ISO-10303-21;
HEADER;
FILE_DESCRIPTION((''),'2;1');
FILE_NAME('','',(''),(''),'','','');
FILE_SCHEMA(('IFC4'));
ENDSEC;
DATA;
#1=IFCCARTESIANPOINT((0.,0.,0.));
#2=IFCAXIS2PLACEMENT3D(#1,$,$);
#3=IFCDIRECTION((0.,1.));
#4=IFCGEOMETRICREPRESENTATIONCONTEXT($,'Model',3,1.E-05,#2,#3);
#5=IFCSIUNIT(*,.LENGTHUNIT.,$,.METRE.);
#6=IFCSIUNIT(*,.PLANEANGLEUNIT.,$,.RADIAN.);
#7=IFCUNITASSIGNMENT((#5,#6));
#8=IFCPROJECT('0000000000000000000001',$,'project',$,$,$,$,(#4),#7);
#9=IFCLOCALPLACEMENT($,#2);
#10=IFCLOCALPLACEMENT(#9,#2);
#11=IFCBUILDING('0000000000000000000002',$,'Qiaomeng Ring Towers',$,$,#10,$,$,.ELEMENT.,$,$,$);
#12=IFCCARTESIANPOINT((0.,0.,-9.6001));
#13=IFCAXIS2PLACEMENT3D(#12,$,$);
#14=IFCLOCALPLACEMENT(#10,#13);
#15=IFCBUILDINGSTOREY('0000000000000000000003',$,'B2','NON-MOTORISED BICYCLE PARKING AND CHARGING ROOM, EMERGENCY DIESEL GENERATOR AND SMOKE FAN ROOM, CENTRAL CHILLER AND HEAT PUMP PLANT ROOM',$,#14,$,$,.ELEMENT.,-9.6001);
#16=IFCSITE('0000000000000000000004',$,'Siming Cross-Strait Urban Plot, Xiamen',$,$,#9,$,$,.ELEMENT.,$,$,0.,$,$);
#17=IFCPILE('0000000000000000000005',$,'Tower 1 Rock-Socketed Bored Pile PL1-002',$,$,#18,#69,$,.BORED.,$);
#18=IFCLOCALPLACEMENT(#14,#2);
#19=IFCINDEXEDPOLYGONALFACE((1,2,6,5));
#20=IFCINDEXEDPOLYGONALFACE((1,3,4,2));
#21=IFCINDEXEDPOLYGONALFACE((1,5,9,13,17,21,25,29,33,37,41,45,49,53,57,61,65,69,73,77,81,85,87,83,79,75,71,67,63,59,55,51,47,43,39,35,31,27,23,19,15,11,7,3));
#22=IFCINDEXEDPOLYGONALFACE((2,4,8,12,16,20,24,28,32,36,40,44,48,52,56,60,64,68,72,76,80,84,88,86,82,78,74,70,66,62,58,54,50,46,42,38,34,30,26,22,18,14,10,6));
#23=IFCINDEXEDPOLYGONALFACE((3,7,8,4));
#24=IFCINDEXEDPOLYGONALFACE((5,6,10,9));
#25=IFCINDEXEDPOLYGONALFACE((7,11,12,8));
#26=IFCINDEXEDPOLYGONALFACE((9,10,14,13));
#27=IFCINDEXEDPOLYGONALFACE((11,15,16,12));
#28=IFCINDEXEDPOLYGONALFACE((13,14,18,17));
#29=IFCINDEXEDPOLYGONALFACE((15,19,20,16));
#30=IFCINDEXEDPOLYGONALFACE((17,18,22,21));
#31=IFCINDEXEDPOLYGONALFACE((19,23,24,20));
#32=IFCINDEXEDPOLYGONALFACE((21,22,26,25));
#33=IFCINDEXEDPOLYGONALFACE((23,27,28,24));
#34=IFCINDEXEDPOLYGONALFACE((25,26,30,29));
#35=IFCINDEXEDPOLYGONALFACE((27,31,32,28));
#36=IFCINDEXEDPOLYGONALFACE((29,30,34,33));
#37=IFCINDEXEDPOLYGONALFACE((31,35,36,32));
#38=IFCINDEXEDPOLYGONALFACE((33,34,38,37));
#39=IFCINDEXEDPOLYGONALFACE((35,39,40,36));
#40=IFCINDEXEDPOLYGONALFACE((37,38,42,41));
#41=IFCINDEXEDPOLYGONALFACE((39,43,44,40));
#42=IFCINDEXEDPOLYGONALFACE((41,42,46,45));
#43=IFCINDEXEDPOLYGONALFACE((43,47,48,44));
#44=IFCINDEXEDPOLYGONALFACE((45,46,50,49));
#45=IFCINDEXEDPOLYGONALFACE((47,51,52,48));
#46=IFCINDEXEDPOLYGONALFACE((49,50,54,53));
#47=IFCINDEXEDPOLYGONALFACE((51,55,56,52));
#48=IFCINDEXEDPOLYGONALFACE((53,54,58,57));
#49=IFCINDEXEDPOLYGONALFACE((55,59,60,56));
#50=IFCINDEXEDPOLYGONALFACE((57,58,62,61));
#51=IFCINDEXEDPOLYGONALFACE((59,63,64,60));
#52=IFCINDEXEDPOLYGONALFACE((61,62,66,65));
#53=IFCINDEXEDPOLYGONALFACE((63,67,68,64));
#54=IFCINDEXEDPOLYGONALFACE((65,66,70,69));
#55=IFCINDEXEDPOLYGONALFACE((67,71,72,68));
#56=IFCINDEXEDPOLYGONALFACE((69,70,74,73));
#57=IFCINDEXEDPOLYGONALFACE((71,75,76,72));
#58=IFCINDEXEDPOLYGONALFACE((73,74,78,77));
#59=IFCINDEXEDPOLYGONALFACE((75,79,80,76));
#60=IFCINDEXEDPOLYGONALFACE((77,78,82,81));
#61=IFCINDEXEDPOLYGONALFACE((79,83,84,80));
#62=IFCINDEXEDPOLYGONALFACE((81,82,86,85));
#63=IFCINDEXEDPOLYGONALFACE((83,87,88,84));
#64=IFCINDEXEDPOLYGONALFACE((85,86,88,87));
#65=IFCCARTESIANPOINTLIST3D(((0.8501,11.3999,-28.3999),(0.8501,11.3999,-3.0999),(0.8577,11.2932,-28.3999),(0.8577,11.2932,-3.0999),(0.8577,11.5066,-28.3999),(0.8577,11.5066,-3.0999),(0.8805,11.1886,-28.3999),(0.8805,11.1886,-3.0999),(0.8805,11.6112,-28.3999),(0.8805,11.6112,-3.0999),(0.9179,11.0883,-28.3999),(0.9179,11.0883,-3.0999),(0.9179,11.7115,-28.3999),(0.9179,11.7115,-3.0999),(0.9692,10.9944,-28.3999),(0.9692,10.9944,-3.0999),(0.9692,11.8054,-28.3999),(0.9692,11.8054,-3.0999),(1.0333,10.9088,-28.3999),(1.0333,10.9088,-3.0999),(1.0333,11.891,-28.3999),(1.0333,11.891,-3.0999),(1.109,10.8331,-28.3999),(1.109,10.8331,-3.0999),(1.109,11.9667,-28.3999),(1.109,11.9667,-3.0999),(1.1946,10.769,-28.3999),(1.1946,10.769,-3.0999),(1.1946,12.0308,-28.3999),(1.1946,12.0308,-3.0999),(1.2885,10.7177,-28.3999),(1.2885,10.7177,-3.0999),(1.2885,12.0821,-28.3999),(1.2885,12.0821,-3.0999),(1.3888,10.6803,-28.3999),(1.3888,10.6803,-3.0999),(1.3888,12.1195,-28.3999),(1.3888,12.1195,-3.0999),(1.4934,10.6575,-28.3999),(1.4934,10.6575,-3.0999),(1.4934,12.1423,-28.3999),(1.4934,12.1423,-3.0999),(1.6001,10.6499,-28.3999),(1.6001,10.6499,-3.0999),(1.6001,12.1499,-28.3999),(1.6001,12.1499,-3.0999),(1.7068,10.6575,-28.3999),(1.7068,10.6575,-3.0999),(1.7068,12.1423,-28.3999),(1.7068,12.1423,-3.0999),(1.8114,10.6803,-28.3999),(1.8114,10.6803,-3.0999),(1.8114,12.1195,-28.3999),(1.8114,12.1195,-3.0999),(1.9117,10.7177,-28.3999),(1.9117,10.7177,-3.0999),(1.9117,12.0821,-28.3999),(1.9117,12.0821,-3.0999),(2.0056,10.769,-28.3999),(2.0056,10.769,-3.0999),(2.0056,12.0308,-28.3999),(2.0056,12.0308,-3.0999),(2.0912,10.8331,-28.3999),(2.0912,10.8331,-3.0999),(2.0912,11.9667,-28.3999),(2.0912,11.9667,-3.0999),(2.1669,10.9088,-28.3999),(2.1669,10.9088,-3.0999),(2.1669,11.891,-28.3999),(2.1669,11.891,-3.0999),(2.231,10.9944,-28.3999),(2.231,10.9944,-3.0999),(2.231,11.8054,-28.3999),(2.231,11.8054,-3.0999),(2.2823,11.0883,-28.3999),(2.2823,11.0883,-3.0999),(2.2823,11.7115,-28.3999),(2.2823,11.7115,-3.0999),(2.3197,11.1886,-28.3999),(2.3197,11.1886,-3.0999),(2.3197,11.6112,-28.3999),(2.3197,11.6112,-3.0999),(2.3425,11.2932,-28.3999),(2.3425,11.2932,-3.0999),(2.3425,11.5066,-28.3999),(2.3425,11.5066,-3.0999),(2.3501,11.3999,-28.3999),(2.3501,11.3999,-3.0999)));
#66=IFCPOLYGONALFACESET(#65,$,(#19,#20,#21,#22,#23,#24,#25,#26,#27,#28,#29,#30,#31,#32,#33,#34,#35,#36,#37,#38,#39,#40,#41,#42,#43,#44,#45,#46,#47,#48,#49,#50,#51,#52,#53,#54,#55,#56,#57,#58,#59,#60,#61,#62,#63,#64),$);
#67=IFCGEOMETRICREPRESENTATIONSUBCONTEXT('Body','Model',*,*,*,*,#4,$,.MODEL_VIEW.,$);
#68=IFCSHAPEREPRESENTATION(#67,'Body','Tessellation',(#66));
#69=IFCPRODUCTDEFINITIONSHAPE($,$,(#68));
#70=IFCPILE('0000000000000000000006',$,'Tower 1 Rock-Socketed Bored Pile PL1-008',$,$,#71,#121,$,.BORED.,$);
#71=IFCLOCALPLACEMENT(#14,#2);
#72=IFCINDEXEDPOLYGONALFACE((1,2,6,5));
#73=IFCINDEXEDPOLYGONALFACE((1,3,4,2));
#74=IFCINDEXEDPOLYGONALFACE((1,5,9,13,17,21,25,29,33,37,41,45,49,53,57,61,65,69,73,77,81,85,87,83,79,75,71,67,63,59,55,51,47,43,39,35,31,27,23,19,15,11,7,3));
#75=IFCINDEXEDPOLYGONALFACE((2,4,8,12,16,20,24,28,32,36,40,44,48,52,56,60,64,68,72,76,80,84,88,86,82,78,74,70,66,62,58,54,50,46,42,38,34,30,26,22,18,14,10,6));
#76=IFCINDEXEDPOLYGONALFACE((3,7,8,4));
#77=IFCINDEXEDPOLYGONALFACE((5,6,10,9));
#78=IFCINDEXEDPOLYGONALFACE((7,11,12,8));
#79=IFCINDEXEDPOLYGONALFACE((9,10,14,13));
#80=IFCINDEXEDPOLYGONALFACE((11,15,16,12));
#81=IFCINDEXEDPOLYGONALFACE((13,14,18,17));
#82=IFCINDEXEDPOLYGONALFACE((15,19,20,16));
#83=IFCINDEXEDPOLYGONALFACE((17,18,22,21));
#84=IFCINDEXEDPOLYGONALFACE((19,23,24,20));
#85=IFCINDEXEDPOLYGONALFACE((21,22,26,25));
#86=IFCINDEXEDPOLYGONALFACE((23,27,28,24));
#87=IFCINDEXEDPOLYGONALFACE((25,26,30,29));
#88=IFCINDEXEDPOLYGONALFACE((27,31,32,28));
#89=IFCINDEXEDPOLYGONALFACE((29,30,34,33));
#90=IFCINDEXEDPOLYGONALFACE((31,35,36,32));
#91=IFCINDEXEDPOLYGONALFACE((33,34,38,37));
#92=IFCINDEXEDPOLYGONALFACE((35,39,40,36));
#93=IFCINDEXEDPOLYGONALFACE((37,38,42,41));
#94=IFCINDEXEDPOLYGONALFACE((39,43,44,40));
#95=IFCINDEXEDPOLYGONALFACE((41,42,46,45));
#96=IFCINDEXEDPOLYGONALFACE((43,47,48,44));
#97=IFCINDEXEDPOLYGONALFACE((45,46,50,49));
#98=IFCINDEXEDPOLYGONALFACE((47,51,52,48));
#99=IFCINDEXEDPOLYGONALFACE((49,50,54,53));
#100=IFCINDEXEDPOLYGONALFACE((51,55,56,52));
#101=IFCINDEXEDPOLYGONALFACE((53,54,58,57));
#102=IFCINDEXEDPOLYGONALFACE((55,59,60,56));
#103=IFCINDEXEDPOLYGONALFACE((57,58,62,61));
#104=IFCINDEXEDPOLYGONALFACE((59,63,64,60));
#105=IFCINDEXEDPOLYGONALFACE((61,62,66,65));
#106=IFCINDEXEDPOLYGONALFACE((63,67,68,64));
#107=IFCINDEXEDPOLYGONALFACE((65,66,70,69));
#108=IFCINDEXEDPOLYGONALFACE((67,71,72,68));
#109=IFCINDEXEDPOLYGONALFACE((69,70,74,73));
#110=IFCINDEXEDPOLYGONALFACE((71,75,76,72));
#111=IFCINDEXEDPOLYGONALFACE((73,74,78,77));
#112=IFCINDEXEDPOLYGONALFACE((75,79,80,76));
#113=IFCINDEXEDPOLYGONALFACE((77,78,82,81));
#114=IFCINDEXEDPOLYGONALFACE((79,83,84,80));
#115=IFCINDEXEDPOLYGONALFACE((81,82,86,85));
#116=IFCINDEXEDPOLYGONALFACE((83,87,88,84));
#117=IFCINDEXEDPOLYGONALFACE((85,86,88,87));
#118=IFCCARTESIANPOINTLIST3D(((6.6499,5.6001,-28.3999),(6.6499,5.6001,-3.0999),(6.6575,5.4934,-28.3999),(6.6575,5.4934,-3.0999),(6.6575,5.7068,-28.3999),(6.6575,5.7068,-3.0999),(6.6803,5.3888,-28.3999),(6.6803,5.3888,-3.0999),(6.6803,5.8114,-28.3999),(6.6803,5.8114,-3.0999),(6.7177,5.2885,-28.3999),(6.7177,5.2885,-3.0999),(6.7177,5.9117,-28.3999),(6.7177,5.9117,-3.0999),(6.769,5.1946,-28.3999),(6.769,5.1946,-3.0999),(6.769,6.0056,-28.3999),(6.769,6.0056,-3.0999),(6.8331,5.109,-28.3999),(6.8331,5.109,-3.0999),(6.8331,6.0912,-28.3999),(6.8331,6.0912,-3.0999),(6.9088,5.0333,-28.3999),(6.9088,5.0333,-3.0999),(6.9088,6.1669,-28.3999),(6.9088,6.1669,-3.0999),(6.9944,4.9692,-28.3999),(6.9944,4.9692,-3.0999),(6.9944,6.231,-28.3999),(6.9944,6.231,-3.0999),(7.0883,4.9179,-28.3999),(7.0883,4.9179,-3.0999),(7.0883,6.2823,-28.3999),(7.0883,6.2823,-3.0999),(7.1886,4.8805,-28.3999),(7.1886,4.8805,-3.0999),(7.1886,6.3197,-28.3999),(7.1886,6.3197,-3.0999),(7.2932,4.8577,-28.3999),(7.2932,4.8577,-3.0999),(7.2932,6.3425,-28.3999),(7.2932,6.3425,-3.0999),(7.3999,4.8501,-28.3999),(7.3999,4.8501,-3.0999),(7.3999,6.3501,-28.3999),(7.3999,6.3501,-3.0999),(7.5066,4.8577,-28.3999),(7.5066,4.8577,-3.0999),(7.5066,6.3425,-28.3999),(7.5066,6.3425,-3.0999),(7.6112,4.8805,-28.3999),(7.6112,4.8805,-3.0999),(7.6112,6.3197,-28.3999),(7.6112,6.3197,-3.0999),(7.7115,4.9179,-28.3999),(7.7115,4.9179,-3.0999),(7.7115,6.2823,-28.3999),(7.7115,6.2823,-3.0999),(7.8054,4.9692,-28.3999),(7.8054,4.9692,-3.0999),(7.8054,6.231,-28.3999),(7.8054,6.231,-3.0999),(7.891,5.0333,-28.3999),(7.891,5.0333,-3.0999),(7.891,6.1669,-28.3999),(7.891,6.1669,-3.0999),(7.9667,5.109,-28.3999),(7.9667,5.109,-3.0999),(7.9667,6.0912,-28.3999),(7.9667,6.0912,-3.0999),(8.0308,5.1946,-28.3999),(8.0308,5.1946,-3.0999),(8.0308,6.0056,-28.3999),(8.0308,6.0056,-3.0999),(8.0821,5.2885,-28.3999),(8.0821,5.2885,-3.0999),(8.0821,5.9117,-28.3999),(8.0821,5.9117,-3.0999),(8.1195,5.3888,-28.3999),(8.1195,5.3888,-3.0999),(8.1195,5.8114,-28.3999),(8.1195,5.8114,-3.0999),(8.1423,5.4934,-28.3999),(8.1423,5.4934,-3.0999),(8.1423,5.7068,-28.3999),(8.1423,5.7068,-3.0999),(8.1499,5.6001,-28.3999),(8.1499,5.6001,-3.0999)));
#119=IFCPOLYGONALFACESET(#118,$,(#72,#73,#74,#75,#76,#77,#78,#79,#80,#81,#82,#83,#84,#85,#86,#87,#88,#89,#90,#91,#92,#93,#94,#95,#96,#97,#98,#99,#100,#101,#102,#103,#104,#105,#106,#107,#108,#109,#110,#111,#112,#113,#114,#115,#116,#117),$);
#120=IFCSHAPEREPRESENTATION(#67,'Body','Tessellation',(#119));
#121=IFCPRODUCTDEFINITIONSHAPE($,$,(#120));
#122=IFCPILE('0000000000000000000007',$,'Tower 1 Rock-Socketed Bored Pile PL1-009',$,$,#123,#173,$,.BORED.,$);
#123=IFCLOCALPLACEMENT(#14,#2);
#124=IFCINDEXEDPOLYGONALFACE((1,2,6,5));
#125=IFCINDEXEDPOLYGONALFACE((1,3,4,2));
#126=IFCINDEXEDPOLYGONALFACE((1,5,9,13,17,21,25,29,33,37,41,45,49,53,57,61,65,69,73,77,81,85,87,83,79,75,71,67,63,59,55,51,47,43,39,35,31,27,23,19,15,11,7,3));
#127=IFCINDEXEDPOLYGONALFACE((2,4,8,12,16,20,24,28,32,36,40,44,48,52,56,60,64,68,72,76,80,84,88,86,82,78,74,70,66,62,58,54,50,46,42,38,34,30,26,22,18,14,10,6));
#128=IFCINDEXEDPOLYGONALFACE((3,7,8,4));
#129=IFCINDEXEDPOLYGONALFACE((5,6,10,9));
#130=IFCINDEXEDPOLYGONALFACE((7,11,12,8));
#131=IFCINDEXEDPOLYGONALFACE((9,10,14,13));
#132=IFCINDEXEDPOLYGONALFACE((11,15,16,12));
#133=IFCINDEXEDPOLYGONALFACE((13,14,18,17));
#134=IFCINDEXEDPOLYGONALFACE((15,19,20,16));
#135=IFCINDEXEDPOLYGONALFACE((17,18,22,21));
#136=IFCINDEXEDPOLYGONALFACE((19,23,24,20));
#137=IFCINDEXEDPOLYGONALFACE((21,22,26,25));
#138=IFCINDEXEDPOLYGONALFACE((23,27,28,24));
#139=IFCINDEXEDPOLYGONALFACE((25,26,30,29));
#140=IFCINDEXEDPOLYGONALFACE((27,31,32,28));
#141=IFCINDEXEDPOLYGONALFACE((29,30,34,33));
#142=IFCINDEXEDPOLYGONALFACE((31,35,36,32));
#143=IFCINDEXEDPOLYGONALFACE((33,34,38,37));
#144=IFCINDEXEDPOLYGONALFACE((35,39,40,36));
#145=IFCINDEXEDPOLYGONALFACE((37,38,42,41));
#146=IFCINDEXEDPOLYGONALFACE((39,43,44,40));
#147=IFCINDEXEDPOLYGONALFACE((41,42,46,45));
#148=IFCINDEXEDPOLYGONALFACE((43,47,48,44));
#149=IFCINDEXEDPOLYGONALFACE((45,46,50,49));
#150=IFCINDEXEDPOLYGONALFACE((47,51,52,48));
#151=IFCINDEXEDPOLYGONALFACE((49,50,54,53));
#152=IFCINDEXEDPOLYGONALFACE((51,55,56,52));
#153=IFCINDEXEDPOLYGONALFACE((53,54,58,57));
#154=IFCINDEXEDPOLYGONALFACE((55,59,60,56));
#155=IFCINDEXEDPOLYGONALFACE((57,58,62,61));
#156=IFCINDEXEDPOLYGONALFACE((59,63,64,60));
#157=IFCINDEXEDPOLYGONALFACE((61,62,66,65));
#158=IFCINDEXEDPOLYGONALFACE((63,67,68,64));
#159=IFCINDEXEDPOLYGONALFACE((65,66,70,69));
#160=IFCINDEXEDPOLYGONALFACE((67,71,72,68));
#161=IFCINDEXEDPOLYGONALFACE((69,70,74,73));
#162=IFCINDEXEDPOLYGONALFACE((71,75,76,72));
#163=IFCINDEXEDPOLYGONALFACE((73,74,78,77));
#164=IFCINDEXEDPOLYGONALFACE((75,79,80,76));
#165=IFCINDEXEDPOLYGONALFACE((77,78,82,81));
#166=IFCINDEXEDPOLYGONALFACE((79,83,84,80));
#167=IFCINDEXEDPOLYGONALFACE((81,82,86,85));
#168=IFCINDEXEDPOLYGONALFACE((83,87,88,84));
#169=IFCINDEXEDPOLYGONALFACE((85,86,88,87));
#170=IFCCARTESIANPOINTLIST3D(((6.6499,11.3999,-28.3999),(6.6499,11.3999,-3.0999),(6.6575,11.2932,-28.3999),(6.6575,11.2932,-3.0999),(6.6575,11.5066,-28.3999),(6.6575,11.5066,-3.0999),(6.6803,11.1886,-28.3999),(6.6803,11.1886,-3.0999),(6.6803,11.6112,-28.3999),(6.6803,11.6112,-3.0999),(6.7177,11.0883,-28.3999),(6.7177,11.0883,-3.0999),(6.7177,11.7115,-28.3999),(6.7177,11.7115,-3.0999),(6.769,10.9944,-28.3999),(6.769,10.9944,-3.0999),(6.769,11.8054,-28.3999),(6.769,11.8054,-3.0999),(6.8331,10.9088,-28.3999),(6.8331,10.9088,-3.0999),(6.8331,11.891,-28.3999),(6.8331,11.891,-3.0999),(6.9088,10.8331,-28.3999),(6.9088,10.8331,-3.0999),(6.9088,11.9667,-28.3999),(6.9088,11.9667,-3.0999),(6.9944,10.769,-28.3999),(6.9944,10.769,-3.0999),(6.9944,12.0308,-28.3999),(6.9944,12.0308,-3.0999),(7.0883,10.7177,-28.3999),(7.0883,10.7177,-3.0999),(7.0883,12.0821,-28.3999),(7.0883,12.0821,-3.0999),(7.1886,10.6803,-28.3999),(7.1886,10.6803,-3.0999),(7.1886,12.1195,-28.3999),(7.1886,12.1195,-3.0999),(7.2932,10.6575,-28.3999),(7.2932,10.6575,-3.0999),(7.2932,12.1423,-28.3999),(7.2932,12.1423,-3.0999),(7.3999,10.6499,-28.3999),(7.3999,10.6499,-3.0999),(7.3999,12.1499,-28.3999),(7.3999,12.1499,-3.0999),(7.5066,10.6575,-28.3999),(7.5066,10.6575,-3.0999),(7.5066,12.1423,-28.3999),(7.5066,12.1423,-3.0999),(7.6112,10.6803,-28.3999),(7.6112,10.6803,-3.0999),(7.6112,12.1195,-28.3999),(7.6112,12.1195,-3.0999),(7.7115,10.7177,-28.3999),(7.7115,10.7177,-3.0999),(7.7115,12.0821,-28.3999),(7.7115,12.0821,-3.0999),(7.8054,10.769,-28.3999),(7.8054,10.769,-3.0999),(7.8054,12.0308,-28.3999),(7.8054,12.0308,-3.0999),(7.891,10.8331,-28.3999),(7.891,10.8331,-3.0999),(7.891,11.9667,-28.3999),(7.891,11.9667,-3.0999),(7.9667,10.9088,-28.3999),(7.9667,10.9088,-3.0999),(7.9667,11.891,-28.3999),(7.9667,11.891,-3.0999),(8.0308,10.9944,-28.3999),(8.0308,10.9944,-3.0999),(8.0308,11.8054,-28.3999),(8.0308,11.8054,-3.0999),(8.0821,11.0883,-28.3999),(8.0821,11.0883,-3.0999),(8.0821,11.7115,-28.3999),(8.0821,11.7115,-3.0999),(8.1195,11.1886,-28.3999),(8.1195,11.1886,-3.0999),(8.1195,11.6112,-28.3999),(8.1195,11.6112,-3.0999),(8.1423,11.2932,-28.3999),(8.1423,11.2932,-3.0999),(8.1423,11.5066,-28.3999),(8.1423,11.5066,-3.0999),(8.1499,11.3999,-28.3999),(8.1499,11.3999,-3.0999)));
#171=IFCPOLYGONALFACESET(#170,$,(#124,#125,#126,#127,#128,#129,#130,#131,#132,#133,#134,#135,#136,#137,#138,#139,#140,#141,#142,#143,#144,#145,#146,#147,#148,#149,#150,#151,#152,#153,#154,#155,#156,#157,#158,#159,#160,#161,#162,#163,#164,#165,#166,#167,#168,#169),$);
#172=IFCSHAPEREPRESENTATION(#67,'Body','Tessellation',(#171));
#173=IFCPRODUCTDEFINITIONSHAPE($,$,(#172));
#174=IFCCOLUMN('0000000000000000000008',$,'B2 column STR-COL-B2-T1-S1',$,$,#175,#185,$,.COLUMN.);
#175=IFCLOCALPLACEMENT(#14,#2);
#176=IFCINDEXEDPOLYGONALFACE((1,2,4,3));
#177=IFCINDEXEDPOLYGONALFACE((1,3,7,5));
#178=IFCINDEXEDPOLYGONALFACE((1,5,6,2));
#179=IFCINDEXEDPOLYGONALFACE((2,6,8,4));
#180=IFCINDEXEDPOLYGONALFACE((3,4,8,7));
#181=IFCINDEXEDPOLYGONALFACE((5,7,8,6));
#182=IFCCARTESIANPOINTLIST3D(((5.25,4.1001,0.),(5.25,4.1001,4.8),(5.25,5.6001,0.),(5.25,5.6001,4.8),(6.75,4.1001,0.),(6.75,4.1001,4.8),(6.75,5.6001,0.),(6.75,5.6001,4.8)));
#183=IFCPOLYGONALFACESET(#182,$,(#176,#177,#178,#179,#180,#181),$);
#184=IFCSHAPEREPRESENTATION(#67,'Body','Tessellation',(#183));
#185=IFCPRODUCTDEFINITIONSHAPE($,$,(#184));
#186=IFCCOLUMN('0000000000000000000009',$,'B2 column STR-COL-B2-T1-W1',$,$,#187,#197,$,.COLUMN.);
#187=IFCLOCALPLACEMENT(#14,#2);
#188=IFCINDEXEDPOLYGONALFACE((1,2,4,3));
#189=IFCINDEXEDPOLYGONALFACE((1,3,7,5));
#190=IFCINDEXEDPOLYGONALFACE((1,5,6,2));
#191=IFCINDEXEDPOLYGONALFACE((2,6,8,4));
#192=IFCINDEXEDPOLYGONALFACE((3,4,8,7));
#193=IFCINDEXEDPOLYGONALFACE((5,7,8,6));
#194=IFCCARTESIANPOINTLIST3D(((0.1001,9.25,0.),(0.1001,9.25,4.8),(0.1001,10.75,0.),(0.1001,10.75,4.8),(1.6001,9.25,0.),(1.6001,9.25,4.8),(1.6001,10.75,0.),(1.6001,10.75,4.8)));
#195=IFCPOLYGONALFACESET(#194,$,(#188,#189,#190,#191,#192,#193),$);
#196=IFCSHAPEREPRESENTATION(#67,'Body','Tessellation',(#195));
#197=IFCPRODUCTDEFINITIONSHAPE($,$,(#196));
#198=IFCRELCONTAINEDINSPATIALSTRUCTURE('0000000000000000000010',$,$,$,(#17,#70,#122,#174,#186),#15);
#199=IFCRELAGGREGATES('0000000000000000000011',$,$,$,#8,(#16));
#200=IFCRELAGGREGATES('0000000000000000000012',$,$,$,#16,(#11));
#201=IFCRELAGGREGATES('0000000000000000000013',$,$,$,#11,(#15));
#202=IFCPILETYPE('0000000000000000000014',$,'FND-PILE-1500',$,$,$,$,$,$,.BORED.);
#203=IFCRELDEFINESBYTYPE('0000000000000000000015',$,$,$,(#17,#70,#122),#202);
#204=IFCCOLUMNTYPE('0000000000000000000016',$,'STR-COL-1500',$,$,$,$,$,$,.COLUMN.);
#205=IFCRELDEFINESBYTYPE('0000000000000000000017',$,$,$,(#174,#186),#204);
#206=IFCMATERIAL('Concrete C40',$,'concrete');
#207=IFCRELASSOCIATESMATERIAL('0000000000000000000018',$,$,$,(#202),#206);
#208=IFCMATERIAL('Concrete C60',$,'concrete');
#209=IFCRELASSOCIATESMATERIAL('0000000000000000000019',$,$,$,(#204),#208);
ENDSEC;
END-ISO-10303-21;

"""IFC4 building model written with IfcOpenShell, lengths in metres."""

from ifc_helpers import new_model, si_unit, direction, frame, origin, origin_2d, place, context, subcontext, project, spatial, rectangle, circle, extrude, source, transform, mapped, material, material_profile, profile_set, type_object, element, save


model = new_model("IFC4")

# Units and contexts
model_context = context("Model", 3, precision=1e-05, world=origin(), true_north=direction((0.0, 1.0)))
body_context = subcontext(model_context, "Body", "Model", "MODEL_VIEW")
ifc_project = project(units=[si_unit("LENGTHUNIT", "METRE"), si_unit("PLANEANGLEUNIT", "RADIAN")], contexts=[model_context])

# Site, building, storey
site_placement = place(None, origin())
site = spatial("IfcSite", under=ifc_project, at=site_placement, Name="Siming Cross-Strait Urban Plot, Xiamen", CompositionType="ELEMENT", RefElevation=0.0)
building_placement = place(site_placement, origin())
building = spatial("IfcBuilding", under=site, at=building_placement, Name="Qiaomeng Ring Towers", CompositionType="ELEMENT")
storey_placement = place(building_placement, frame((0.0, 0.0, -9.6001)))
storey = spatial("IfcBuildingStorey", under=building, at=storey_placement, Name="B2", Description="NON-MOTORISED BICYCLE PARKING AND CHARGING ROOM, EMERGENCY DIESEL GENERATOR AND SMOKE FAN ROOM, CENTRAL CHILLER AND HEAT PUMP PLANT ROOM", CompositionType="ELEMENT", Elevation=-9.6001)

# Shared definitions
ifc_material_1 = material(Name="Concrete C40", Category="concrete")

# Piles
ifc_material_profile_1 = material_profile(ifc_material_1, circle(Radius=0.75, at=origin_2d()), Name="BORED PILE 1500")
ifc_profile_set_1 = profile_set([ifc_material_profile_1], Name="Concrete C40")
pile_type = type_object("IfcPileType", Name="FND-PILE-1500", PredefinedType="BORED", material=ifc_profile_set_1)
shared_shape_1 = source(origin(), body_context, "Body", "SweptSolid", [
    extrude(circle(Radius=0.75, at=origin_2d()), origin(), (0.0, 0.0, 1.0), 25.3),
])
for number, where, z_axis, x_axis, name in (
    (1, (1.6001, 11.3999, -3.0999), (0.0, 0.0, -1.0), (1.0, 0.0, 0.0), "Tower 1 Rock-Socketed Bored Pile PL1-002"),
    (2, (7.3999, 5.6001, -3.0999), (0.0, 0.0, -1.0), (1.0, 0.0, 0.0), "Tower 1 Rock-Socketed Bored Pile PL1-008"),
    (3, (7.3999, 11.3999, -3.0999), (0.0, 0.0, -1.0), (1.0, 0.0, 0.0), "Tower 1 Rock-Socketed Bored Pile PL1-009"),
):
    element("IfcPile", number, at=place(storey_placement, frame(where, z_axis=z_axis, x_axis=x_axis)), inside=storey, type_object=pile_type, Name=name, PredefinedType="BORED", context=body_context, shape_type="MappedRepresentation", body=[
        mapped(shared_shape_1, transform((0.0, 0.0, 0.0), x_axis=(1.0, 0.0, 0.0), y_axis=(0.0, 1.0, 0.0), z_axis=(0.0, 0.0, 1.0), scale=1.0)),
    ])

# Columns
ifc_material_2 = material(Name="Concrete C60", Category="concrete")
ifc_material_profile_2 = material_profile(ifc_material_2, rectangle(XDim=1.5, YDim=1.5, at=origin_2d()), Name="RC COL 1500x1500")
ifc_profile_set_2 = profile_set([ifc_material_profile_2], Name="Concrete C60")
column_type = type_object("IfcColumnType", Name="STR-COL-1500", PredefinedType="COLUMN", material=ifc_profile_set_2)
shared_shape_2 = source(origin(), body_context, "Body", "SweptSolid", [
    extrude(rectangle(XDim=1.5, YDim=1.5, at=origin_2d()), origin(), (0.0, 0.0, 1.0), 4.8),
])
for number, where, z_axis, x_axis, name in (
    (4, (6.0, 4.8501, 0.0), (0.0, 0.0, 1.0), (1.0, 0.0, 0.0), "B2 column STR-COL-B2-T1-S1"),
    (5, (0.8501, 10.0, 0.0), (0.0, 0.0, 1.0), (1.0, 0.0, 0.0), "B2 column STR-COL-B2-T1-W1"),
):
    element("IfcColumn", number, at=place(storey_placement, frame(where, z_axis=z_axis, x_axis=x_axis)), inside=storey, type_object=column_type, Name=name, PredefinedType="COLUMN", context=body_context, shape_type="MappedRepresentation", body=[
        mapped(shared_shape_2, transform((0.0, 0.0, 0.0), x_axis=(1.0, 0.0, 0.0), y_axis=(0.0, 1.0, 0.0), z_axis=(0.0, 0.0, 1.0), scale=1.0)),
    ])

save(model, "model.ifc")
